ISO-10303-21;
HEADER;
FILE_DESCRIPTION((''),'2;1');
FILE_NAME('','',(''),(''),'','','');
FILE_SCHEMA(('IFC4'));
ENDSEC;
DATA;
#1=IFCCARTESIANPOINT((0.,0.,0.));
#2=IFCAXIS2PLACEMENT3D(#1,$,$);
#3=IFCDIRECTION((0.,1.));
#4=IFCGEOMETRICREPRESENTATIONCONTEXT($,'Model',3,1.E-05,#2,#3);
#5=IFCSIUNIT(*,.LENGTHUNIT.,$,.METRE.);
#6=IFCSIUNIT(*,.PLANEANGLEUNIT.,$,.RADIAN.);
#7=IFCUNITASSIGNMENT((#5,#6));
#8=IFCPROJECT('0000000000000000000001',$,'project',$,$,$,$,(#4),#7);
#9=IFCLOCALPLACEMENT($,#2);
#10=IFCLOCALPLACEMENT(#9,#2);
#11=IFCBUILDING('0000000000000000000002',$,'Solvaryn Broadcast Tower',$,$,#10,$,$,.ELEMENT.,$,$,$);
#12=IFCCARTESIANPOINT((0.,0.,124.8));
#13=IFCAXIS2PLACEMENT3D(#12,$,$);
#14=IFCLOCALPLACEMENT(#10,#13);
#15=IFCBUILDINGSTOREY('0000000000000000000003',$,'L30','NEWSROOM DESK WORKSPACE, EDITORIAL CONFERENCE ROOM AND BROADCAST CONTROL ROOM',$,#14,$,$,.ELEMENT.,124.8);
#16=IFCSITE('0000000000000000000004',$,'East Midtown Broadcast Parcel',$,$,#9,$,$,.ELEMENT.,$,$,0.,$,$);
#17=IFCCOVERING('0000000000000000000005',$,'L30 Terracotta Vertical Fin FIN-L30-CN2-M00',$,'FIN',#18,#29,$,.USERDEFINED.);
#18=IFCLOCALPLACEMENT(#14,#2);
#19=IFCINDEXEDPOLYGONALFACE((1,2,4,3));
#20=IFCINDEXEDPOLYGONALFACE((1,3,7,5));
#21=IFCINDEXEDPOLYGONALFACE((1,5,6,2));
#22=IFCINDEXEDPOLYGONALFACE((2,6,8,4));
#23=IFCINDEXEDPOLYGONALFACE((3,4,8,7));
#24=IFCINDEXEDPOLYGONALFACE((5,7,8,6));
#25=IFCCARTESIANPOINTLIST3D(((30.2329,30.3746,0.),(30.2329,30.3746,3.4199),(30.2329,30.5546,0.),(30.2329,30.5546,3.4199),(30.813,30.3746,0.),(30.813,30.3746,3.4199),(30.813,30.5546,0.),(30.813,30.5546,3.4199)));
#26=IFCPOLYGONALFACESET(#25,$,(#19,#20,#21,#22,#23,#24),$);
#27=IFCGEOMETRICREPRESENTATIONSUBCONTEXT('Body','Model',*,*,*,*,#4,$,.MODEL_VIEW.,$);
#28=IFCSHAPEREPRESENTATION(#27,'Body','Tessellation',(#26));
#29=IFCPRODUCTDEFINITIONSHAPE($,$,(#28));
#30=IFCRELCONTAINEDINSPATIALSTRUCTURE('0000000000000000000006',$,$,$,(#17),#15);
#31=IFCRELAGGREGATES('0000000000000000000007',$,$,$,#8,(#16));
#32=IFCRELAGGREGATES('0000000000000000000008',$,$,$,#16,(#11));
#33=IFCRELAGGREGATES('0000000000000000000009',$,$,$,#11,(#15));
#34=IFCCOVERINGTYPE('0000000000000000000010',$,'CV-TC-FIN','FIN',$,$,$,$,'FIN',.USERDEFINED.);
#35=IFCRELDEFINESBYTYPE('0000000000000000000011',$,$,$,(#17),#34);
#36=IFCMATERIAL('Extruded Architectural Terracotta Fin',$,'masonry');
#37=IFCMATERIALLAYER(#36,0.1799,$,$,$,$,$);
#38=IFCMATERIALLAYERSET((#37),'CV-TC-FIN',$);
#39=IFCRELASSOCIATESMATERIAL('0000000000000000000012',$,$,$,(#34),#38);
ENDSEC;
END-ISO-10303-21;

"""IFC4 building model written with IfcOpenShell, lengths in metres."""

from ifc_helpers import new_model, si_unit, direction, frame, origin, origin_2d, place, context, subcontext, project, spatial, rectangle, extrude, material, layer, layer_set, type_object, element, save


model = new_model("IFC4")

# Units and contexts
model_context = context("Model", 3, precision=1e-05, world=origin(), true_north=direction((0.0, 1.0)))
body_context = subcontext(model_context, "Body", "Model", "MODEL_VIEW")
ifc_project = project(units=[si_unit("LENGTHUNIT", "METRE"), si_unit("PLANEANGLEUNIT", "RADIAN")], contexts=[model_context])

# Site, building, storey
site_placement = place(None, origin())
site = spatial("IfcSite", under=ifc_project, at=site_placement, Name="East Midtown Broadcast Parcel", CompositionType="ELEMENT", RefElevation=0.0)
building_placement = place(site_placement, origin())
building = spatial("IfcBuilding", under=site, at=building_placement, Name="Solvaryn Broadcast Tower", CompositionType="ELEMENT")
storey_placement = place(building_placement, frame((0.0, 0.0, 124.8)))
storey = spatial("IfcBuildingStorey", under=building, at=storey_placement, Name="L30", Description="NEWSROOM DESK WORKSPACE, EDITORIAL CONFERENCE ROOM AND BROADCAST CONTROL ROOM", CompositionType="ELEMENT", Elevation=124.8)

# Covering
ifc_material_1 = material(Name="Extruded Architectural Terracotta Fin", Category="masonry")
ifc_layer_1 = layer(ifc_material_1, 0.1799)
ifc_layer_set_1 = layer_set([ifc_layer_1], Name="CV-TC-FIN")
covering_type_1 = type_object("IfcCoveringType", Name="CV-TC-FIN", Description="FIN", ElementType="FIN", PredefinedType="USERDEFINED", material=ifc_layer_set_1)
covering_1_placement = place(storey_placement, frame((30.5229, 30.4646, 0.0), z_axis=(0.0, 0.0, 1.0), x_axis=(1.0, 0.0, 0.0)))
element("IfcCovering", 1, at=covering_1_placement, inside=storey, type_object=covering_type_1, Name="L30 Terracotta Vertical Fin FIN-L30-CN2-M00", ObjectType="FIN", PredefinedType="USERDEFINED", context=body_context, shape_type="SweptSolid", body=[
    extrude(rectangle(XDim=0.5801, YDim=0.1799, at=origin_2d()), origin(), (0.0, 0.0, 1.0), 3.4199),
])

save(model, "model.ifc")
